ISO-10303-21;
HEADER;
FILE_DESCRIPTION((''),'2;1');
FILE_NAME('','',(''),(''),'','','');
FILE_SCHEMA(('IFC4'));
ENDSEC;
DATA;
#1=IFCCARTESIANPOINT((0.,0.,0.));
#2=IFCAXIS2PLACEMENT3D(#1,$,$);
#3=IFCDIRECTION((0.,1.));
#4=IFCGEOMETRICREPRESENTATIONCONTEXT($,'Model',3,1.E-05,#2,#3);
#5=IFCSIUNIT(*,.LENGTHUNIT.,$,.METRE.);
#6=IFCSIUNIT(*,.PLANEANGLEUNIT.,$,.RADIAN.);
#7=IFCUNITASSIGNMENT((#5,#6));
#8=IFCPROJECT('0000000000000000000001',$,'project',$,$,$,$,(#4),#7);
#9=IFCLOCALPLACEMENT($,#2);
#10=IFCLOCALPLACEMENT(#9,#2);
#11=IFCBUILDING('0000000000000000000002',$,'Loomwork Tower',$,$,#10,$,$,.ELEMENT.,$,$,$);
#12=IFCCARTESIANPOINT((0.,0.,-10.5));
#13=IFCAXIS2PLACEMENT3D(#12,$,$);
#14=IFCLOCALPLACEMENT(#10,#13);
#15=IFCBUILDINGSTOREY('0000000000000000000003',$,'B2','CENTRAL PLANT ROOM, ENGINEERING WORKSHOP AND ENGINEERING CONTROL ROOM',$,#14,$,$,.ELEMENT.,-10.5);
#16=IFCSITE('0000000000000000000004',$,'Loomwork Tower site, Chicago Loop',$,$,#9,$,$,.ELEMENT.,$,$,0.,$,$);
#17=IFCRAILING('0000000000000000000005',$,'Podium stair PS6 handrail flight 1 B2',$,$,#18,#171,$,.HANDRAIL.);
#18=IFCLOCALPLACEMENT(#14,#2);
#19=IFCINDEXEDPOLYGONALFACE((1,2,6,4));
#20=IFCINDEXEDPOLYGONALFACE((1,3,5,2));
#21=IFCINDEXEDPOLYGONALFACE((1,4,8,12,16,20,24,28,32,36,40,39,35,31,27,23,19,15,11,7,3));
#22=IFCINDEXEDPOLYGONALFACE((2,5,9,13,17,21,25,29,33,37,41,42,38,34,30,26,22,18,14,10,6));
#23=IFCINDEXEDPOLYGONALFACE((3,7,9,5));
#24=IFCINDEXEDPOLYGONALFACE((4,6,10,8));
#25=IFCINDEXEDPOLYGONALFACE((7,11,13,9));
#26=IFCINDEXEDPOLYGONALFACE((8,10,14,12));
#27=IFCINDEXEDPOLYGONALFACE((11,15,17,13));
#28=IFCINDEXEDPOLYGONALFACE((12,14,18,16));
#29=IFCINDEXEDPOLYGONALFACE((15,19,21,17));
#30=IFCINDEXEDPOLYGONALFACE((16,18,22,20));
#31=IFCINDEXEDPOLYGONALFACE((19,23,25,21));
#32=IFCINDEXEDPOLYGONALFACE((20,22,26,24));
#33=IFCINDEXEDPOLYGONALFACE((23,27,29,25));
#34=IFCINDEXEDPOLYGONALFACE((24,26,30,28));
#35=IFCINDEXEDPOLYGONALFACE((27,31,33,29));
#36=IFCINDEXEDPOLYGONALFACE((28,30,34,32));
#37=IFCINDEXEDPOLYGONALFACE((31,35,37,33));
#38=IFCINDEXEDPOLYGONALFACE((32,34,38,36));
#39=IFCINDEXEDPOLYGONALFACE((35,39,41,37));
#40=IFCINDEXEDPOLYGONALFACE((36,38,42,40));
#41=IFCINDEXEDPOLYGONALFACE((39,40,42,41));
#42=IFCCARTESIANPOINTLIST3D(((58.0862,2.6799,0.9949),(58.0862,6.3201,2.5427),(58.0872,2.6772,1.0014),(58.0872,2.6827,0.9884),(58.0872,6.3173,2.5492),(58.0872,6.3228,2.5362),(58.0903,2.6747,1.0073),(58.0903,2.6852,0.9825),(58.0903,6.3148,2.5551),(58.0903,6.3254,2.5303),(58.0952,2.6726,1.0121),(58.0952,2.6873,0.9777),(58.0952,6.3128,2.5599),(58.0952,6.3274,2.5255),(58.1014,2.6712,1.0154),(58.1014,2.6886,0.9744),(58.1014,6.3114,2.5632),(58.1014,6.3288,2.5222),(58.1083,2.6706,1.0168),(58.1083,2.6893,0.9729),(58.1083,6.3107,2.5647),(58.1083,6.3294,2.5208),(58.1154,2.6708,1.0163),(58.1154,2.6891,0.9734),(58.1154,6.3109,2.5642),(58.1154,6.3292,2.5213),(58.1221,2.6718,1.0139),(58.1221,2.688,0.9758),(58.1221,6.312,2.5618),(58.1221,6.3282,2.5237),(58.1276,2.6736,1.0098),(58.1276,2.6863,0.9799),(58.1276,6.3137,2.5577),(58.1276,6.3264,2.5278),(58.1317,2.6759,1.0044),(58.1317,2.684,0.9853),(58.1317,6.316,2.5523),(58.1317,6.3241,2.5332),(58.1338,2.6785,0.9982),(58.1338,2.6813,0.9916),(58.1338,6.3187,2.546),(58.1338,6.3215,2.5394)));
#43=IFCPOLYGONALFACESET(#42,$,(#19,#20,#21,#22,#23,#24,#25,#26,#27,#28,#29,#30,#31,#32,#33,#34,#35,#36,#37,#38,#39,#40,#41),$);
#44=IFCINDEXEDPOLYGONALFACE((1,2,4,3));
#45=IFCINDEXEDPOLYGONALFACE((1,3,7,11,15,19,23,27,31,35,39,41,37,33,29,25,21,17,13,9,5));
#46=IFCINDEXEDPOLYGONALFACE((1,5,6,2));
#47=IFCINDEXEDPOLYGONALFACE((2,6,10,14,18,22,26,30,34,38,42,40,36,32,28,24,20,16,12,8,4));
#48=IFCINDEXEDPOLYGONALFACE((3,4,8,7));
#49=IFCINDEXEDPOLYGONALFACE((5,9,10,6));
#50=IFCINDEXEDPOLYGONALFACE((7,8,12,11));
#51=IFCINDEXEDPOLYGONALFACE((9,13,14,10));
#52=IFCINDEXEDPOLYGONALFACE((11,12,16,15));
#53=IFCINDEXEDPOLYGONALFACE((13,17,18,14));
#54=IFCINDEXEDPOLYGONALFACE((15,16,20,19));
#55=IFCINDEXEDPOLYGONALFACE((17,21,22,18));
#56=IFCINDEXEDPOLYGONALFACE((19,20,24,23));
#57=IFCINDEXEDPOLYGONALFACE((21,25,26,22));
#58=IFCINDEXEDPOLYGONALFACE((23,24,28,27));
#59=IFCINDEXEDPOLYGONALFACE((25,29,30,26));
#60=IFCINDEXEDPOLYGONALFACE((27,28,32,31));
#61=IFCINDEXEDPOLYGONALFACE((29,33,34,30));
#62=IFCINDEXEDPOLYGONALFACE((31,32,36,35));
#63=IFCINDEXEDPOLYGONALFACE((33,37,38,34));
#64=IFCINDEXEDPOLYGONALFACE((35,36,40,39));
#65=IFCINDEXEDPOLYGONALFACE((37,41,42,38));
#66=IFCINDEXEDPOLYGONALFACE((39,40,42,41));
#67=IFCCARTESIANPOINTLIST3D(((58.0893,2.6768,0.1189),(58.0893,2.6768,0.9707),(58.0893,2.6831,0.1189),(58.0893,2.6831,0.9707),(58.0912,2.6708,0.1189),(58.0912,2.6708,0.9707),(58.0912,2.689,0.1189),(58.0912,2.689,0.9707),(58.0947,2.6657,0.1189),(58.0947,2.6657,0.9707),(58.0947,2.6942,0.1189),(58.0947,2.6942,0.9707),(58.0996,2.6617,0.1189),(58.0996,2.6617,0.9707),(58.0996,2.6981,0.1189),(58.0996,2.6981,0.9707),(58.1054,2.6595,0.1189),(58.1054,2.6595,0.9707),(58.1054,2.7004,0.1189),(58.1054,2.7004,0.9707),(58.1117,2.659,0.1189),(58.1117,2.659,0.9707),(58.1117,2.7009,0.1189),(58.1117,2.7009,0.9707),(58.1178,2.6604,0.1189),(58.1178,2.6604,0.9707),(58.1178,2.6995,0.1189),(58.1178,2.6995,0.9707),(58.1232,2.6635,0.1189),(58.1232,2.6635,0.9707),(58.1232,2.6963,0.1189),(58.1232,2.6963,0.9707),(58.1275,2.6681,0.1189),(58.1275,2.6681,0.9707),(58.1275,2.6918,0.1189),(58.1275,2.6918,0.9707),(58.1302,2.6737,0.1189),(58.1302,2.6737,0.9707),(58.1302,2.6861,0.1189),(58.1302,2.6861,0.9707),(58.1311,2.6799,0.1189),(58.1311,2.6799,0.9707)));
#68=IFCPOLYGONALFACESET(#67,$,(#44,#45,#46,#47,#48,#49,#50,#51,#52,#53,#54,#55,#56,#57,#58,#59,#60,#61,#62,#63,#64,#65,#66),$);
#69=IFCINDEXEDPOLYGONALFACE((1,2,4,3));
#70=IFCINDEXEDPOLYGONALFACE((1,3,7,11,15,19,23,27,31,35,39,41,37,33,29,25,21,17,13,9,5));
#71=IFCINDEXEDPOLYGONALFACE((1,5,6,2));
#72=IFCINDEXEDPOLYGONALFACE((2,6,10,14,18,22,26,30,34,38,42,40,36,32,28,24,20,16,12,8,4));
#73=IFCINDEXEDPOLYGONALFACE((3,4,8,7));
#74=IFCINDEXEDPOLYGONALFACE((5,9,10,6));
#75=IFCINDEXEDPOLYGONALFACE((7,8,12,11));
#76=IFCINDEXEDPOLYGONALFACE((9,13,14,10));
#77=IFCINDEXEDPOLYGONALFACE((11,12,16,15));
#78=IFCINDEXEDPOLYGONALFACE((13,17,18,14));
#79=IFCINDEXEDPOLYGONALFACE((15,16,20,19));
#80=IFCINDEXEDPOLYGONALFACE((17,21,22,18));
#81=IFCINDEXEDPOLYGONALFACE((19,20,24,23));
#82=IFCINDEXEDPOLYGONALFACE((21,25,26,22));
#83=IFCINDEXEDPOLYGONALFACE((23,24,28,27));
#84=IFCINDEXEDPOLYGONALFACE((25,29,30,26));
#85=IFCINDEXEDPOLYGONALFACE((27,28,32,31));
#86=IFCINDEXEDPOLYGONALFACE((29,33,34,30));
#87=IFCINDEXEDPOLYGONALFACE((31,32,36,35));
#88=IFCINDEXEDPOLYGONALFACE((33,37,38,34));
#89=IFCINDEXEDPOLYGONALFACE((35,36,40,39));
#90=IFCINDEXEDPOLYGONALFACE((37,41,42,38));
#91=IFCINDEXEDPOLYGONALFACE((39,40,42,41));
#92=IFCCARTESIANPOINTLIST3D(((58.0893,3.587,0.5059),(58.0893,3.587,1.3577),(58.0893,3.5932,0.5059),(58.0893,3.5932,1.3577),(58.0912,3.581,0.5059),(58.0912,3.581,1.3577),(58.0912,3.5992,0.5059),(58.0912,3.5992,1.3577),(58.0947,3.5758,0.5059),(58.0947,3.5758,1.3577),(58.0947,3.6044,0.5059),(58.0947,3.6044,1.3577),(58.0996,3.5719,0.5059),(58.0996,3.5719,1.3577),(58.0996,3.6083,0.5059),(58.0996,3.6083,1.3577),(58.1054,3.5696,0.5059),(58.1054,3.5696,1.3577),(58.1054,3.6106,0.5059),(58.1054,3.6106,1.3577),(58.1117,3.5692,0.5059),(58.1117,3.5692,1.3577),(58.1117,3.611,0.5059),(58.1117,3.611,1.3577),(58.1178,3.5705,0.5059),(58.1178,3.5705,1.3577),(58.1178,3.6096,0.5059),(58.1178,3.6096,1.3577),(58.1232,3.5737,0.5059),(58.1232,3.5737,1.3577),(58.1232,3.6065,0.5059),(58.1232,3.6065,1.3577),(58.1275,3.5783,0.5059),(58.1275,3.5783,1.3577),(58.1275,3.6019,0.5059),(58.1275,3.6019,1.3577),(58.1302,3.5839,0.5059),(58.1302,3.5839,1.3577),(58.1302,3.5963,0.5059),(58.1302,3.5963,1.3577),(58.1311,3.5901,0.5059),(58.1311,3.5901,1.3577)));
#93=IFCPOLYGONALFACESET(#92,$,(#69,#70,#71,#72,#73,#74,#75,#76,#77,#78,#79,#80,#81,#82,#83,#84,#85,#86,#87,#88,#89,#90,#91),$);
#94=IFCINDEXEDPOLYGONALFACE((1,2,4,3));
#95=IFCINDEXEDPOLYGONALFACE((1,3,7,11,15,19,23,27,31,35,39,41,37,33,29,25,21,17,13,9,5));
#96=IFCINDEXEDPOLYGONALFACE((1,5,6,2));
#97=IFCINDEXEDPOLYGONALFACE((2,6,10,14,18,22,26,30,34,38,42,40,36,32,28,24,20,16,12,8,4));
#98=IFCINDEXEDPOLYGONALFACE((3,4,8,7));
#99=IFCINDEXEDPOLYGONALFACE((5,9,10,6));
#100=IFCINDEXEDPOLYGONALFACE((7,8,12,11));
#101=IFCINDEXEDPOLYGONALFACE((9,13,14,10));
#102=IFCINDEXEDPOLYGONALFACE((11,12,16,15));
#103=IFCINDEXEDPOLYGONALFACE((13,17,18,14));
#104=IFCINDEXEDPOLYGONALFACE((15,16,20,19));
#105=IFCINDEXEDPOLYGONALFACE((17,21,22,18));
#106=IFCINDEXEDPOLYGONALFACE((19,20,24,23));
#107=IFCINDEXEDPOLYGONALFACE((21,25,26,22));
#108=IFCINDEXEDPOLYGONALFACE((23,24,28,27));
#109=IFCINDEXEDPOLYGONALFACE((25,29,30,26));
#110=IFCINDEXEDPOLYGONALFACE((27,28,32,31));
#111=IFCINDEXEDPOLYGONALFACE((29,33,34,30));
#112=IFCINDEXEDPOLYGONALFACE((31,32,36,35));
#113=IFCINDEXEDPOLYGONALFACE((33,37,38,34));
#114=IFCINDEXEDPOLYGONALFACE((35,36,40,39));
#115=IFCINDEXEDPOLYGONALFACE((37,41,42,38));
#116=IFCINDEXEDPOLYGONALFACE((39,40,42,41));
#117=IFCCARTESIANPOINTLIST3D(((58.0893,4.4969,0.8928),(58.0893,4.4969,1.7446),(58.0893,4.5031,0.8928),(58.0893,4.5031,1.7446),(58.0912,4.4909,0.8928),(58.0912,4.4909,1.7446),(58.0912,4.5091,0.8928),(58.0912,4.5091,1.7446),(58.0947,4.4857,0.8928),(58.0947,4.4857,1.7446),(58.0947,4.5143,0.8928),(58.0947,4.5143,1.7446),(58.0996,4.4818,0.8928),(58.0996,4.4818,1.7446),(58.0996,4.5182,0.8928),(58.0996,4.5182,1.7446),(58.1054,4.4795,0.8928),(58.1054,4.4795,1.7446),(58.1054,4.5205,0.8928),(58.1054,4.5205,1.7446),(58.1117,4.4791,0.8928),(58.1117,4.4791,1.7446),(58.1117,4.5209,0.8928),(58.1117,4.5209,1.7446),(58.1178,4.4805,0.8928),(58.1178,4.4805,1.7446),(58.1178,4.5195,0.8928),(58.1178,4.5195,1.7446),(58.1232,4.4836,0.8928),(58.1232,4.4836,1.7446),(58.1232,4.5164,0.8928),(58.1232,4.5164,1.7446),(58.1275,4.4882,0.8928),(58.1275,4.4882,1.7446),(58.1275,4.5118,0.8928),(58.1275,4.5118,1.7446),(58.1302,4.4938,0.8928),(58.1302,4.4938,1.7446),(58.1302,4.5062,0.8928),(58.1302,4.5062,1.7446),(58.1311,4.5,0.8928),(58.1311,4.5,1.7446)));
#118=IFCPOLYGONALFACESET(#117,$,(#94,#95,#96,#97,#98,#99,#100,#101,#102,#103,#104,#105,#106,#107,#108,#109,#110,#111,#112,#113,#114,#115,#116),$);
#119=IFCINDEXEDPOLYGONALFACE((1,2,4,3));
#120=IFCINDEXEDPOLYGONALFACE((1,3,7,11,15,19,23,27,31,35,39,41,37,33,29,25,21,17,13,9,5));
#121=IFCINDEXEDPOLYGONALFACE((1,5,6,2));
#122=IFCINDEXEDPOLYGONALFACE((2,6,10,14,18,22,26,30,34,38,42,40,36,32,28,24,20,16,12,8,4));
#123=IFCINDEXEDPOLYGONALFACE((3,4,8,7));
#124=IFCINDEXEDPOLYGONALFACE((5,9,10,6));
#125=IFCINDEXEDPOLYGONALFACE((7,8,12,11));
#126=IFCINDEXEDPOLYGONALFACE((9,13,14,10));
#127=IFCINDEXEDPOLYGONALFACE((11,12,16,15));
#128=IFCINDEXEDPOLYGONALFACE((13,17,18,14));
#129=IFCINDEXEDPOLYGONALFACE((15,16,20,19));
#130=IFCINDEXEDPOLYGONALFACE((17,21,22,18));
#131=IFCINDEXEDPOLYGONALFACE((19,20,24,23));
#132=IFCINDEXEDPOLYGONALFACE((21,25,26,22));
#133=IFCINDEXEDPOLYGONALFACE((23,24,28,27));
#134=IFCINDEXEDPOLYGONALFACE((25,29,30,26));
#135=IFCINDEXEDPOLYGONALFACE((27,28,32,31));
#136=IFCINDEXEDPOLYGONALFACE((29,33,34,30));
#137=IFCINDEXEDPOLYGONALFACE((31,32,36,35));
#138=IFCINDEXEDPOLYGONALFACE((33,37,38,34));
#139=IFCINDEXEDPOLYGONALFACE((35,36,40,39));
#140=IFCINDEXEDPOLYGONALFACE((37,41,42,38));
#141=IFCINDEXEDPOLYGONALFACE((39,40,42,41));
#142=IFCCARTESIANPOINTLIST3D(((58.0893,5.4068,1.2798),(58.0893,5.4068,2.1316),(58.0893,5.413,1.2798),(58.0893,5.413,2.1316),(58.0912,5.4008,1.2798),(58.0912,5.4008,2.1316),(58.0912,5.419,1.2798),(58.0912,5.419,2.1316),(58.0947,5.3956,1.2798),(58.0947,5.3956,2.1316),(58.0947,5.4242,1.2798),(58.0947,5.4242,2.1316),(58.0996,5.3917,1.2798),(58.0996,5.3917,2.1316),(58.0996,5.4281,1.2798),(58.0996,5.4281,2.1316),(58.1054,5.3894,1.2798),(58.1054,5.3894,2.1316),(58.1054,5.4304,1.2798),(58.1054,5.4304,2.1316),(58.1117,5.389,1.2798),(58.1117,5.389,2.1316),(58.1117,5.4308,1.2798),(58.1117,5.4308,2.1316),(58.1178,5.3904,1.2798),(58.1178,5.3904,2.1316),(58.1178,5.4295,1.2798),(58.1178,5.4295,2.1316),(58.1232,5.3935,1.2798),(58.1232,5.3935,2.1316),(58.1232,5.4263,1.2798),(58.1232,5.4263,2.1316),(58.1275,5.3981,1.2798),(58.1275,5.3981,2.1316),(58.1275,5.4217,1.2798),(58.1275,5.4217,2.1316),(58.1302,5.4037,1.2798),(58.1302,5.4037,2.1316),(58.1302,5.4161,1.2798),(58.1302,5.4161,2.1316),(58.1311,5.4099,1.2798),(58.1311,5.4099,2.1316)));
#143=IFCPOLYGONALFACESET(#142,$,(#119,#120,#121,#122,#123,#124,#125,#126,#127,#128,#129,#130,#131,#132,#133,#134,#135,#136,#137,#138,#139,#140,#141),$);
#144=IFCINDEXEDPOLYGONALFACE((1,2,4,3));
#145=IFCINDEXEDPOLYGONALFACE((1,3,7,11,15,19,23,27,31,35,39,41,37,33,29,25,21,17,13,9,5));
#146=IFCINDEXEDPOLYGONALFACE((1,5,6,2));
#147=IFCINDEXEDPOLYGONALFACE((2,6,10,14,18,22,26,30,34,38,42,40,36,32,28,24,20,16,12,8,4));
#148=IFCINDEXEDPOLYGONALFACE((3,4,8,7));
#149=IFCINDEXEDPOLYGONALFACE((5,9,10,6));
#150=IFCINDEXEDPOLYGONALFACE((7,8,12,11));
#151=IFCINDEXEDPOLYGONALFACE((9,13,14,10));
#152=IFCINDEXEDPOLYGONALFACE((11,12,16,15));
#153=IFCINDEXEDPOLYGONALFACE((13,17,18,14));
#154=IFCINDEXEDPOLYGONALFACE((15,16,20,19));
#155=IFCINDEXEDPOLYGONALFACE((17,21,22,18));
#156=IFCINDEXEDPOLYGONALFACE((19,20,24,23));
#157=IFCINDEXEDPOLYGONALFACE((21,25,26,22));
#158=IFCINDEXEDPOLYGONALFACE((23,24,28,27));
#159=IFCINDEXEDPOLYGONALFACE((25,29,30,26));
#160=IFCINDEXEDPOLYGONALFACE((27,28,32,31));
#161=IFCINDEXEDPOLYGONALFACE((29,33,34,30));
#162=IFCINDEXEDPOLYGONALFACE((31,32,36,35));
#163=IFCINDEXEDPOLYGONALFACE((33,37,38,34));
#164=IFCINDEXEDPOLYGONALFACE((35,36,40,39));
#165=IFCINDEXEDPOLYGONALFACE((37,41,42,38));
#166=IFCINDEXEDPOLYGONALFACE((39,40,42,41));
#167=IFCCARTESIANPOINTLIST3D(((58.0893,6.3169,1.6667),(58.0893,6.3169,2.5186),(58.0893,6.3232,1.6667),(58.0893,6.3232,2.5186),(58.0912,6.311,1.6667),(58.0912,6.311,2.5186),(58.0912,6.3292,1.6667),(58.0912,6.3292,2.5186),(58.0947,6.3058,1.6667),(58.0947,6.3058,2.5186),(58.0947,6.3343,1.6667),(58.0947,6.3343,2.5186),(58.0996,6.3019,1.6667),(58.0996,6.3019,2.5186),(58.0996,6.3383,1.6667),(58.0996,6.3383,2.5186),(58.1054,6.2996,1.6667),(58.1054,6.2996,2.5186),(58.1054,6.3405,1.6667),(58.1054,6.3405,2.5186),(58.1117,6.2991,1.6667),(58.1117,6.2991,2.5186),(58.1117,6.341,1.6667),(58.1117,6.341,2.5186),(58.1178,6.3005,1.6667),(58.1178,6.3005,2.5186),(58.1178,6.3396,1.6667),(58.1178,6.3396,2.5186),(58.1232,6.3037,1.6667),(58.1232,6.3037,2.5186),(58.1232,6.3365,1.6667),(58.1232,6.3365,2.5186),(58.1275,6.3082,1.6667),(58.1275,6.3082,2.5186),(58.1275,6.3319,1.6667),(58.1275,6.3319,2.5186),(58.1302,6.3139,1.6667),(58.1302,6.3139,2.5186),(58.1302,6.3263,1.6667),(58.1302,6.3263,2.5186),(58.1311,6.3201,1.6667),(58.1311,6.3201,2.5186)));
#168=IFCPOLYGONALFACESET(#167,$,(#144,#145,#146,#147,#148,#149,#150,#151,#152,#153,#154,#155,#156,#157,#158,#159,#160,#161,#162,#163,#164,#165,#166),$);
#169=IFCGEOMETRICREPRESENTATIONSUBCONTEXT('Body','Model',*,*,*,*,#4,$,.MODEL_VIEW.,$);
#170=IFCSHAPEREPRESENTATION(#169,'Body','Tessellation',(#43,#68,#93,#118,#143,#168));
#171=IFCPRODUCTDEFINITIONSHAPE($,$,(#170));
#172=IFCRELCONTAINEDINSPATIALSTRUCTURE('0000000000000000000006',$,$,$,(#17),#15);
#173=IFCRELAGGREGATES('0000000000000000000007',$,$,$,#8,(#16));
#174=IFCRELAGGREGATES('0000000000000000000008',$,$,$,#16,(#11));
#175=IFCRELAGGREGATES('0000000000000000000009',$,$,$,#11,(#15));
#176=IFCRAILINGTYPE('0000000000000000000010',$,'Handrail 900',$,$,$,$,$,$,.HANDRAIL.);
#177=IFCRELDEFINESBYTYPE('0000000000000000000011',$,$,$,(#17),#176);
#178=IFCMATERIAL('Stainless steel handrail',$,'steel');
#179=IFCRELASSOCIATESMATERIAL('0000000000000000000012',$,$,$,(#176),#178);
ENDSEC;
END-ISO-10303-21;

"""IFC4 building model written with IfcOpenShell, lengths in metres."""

from ifc_helpers import new_model, si_unit, direction, frame, origin, origin_2d, place, context, subcontext, project, spatial, circle, extrude, material, type_object, element, save


model = new_model("IFC4")

# Units and contexts
model_context = context("Model", 3, precision=1e-05, world=origin(), true_north=direction((0.0, 1.0)))
body_context = subcontext(model_context, "Body", "Model", "MODEL_VIEW")
ifc_project = project(units=[si_unit("LENGTHUNIT", "METRE"), si_unit("PLANEANGLEUNIT", "RADIAN")], contexts=[model_context])

# Site, building, storey
site_placement = place(None, origin())
site = spatial("IfcSite", under=ifc_project, at=site_placement, Name="Loomwork Tower site, Chicago Loop", CompositionType="ELEMENT", RefElevation=0.0)
building_placement = place(site_placement, origin())
building = spatial("IfcBuilding", under=site, at=building_placement, Name="Loomwork Tower", CompositionType="ELEMENT")
storey_placement = place(building_placement, frame((0.0, 0.0, -10.5)))
storey = spatial("IfcBuildingStorey", under=building, at=storey_placement, Name="B2", Description="CENTRAL PLANT ROOM, ENGINEERING WORKSHOP AND ENGINEERING CONTROL ROOM", CompositionType="ELEMENT", Elevation=-10.5)

# Railing
ifc_material_1 = material(Name="Stainless steel handrail", Category="steel")
railing_type = type_object("IfcRailingType", Name="Handrail 900", PredefinedType="HANDRAIL", material=ifc_material_1)
railing_1_placement = place(storey_placement, frame((58.1101, 2.6799, 0.1189)))
element("IfcRailing", 1, at=railing_1_placement, inside=storey, type_object=railing_type, Name="Podium stair PS6 handrail flight 1 B2", PredefinedType="HANDRAIL", context=body_context, shape_type="SweptSolid", body=[
    extrude(circle(Radius=0.0239, at=origin_2d()), frame((0.0, 0.0, 0.876), z_axis=(0.0, 0.920259, 0.391311), x_axis=(-1.0, 0.0, 0.0)), (0.0, 0.0, 1.0), 3.9556),
    extrude(circle(Radius=0.021, at=origin_2d()), origin(), (0.0, 0.0, 1.0), 0.8518),
    extrude(circle(Radius=0.021, at=origin_2d()), frame((0.0, 0.9102, 0.387)), (0.0, 0.0, 1.0), 0.8518),
    extrude(circle(Radius=0.021, at=origin_2d()), frame((0.0, 1.8201, 0.7739)), (0.0, 0.0, 1.0), 0.8518),
    extrude(circle(Radius=0.021, at=origin_2d()), frame((0.0, 2.73, 1.1609)), (0.0, 0.0, 1.0), 0.8518),
    extrude(circle(Radius=0.021, at=origin_2d()), frame((0.0, 3.6401, 1.5479)), (0.0, 0.0, 1.0), 0.8518),
])

save(model, "model.ifc")
